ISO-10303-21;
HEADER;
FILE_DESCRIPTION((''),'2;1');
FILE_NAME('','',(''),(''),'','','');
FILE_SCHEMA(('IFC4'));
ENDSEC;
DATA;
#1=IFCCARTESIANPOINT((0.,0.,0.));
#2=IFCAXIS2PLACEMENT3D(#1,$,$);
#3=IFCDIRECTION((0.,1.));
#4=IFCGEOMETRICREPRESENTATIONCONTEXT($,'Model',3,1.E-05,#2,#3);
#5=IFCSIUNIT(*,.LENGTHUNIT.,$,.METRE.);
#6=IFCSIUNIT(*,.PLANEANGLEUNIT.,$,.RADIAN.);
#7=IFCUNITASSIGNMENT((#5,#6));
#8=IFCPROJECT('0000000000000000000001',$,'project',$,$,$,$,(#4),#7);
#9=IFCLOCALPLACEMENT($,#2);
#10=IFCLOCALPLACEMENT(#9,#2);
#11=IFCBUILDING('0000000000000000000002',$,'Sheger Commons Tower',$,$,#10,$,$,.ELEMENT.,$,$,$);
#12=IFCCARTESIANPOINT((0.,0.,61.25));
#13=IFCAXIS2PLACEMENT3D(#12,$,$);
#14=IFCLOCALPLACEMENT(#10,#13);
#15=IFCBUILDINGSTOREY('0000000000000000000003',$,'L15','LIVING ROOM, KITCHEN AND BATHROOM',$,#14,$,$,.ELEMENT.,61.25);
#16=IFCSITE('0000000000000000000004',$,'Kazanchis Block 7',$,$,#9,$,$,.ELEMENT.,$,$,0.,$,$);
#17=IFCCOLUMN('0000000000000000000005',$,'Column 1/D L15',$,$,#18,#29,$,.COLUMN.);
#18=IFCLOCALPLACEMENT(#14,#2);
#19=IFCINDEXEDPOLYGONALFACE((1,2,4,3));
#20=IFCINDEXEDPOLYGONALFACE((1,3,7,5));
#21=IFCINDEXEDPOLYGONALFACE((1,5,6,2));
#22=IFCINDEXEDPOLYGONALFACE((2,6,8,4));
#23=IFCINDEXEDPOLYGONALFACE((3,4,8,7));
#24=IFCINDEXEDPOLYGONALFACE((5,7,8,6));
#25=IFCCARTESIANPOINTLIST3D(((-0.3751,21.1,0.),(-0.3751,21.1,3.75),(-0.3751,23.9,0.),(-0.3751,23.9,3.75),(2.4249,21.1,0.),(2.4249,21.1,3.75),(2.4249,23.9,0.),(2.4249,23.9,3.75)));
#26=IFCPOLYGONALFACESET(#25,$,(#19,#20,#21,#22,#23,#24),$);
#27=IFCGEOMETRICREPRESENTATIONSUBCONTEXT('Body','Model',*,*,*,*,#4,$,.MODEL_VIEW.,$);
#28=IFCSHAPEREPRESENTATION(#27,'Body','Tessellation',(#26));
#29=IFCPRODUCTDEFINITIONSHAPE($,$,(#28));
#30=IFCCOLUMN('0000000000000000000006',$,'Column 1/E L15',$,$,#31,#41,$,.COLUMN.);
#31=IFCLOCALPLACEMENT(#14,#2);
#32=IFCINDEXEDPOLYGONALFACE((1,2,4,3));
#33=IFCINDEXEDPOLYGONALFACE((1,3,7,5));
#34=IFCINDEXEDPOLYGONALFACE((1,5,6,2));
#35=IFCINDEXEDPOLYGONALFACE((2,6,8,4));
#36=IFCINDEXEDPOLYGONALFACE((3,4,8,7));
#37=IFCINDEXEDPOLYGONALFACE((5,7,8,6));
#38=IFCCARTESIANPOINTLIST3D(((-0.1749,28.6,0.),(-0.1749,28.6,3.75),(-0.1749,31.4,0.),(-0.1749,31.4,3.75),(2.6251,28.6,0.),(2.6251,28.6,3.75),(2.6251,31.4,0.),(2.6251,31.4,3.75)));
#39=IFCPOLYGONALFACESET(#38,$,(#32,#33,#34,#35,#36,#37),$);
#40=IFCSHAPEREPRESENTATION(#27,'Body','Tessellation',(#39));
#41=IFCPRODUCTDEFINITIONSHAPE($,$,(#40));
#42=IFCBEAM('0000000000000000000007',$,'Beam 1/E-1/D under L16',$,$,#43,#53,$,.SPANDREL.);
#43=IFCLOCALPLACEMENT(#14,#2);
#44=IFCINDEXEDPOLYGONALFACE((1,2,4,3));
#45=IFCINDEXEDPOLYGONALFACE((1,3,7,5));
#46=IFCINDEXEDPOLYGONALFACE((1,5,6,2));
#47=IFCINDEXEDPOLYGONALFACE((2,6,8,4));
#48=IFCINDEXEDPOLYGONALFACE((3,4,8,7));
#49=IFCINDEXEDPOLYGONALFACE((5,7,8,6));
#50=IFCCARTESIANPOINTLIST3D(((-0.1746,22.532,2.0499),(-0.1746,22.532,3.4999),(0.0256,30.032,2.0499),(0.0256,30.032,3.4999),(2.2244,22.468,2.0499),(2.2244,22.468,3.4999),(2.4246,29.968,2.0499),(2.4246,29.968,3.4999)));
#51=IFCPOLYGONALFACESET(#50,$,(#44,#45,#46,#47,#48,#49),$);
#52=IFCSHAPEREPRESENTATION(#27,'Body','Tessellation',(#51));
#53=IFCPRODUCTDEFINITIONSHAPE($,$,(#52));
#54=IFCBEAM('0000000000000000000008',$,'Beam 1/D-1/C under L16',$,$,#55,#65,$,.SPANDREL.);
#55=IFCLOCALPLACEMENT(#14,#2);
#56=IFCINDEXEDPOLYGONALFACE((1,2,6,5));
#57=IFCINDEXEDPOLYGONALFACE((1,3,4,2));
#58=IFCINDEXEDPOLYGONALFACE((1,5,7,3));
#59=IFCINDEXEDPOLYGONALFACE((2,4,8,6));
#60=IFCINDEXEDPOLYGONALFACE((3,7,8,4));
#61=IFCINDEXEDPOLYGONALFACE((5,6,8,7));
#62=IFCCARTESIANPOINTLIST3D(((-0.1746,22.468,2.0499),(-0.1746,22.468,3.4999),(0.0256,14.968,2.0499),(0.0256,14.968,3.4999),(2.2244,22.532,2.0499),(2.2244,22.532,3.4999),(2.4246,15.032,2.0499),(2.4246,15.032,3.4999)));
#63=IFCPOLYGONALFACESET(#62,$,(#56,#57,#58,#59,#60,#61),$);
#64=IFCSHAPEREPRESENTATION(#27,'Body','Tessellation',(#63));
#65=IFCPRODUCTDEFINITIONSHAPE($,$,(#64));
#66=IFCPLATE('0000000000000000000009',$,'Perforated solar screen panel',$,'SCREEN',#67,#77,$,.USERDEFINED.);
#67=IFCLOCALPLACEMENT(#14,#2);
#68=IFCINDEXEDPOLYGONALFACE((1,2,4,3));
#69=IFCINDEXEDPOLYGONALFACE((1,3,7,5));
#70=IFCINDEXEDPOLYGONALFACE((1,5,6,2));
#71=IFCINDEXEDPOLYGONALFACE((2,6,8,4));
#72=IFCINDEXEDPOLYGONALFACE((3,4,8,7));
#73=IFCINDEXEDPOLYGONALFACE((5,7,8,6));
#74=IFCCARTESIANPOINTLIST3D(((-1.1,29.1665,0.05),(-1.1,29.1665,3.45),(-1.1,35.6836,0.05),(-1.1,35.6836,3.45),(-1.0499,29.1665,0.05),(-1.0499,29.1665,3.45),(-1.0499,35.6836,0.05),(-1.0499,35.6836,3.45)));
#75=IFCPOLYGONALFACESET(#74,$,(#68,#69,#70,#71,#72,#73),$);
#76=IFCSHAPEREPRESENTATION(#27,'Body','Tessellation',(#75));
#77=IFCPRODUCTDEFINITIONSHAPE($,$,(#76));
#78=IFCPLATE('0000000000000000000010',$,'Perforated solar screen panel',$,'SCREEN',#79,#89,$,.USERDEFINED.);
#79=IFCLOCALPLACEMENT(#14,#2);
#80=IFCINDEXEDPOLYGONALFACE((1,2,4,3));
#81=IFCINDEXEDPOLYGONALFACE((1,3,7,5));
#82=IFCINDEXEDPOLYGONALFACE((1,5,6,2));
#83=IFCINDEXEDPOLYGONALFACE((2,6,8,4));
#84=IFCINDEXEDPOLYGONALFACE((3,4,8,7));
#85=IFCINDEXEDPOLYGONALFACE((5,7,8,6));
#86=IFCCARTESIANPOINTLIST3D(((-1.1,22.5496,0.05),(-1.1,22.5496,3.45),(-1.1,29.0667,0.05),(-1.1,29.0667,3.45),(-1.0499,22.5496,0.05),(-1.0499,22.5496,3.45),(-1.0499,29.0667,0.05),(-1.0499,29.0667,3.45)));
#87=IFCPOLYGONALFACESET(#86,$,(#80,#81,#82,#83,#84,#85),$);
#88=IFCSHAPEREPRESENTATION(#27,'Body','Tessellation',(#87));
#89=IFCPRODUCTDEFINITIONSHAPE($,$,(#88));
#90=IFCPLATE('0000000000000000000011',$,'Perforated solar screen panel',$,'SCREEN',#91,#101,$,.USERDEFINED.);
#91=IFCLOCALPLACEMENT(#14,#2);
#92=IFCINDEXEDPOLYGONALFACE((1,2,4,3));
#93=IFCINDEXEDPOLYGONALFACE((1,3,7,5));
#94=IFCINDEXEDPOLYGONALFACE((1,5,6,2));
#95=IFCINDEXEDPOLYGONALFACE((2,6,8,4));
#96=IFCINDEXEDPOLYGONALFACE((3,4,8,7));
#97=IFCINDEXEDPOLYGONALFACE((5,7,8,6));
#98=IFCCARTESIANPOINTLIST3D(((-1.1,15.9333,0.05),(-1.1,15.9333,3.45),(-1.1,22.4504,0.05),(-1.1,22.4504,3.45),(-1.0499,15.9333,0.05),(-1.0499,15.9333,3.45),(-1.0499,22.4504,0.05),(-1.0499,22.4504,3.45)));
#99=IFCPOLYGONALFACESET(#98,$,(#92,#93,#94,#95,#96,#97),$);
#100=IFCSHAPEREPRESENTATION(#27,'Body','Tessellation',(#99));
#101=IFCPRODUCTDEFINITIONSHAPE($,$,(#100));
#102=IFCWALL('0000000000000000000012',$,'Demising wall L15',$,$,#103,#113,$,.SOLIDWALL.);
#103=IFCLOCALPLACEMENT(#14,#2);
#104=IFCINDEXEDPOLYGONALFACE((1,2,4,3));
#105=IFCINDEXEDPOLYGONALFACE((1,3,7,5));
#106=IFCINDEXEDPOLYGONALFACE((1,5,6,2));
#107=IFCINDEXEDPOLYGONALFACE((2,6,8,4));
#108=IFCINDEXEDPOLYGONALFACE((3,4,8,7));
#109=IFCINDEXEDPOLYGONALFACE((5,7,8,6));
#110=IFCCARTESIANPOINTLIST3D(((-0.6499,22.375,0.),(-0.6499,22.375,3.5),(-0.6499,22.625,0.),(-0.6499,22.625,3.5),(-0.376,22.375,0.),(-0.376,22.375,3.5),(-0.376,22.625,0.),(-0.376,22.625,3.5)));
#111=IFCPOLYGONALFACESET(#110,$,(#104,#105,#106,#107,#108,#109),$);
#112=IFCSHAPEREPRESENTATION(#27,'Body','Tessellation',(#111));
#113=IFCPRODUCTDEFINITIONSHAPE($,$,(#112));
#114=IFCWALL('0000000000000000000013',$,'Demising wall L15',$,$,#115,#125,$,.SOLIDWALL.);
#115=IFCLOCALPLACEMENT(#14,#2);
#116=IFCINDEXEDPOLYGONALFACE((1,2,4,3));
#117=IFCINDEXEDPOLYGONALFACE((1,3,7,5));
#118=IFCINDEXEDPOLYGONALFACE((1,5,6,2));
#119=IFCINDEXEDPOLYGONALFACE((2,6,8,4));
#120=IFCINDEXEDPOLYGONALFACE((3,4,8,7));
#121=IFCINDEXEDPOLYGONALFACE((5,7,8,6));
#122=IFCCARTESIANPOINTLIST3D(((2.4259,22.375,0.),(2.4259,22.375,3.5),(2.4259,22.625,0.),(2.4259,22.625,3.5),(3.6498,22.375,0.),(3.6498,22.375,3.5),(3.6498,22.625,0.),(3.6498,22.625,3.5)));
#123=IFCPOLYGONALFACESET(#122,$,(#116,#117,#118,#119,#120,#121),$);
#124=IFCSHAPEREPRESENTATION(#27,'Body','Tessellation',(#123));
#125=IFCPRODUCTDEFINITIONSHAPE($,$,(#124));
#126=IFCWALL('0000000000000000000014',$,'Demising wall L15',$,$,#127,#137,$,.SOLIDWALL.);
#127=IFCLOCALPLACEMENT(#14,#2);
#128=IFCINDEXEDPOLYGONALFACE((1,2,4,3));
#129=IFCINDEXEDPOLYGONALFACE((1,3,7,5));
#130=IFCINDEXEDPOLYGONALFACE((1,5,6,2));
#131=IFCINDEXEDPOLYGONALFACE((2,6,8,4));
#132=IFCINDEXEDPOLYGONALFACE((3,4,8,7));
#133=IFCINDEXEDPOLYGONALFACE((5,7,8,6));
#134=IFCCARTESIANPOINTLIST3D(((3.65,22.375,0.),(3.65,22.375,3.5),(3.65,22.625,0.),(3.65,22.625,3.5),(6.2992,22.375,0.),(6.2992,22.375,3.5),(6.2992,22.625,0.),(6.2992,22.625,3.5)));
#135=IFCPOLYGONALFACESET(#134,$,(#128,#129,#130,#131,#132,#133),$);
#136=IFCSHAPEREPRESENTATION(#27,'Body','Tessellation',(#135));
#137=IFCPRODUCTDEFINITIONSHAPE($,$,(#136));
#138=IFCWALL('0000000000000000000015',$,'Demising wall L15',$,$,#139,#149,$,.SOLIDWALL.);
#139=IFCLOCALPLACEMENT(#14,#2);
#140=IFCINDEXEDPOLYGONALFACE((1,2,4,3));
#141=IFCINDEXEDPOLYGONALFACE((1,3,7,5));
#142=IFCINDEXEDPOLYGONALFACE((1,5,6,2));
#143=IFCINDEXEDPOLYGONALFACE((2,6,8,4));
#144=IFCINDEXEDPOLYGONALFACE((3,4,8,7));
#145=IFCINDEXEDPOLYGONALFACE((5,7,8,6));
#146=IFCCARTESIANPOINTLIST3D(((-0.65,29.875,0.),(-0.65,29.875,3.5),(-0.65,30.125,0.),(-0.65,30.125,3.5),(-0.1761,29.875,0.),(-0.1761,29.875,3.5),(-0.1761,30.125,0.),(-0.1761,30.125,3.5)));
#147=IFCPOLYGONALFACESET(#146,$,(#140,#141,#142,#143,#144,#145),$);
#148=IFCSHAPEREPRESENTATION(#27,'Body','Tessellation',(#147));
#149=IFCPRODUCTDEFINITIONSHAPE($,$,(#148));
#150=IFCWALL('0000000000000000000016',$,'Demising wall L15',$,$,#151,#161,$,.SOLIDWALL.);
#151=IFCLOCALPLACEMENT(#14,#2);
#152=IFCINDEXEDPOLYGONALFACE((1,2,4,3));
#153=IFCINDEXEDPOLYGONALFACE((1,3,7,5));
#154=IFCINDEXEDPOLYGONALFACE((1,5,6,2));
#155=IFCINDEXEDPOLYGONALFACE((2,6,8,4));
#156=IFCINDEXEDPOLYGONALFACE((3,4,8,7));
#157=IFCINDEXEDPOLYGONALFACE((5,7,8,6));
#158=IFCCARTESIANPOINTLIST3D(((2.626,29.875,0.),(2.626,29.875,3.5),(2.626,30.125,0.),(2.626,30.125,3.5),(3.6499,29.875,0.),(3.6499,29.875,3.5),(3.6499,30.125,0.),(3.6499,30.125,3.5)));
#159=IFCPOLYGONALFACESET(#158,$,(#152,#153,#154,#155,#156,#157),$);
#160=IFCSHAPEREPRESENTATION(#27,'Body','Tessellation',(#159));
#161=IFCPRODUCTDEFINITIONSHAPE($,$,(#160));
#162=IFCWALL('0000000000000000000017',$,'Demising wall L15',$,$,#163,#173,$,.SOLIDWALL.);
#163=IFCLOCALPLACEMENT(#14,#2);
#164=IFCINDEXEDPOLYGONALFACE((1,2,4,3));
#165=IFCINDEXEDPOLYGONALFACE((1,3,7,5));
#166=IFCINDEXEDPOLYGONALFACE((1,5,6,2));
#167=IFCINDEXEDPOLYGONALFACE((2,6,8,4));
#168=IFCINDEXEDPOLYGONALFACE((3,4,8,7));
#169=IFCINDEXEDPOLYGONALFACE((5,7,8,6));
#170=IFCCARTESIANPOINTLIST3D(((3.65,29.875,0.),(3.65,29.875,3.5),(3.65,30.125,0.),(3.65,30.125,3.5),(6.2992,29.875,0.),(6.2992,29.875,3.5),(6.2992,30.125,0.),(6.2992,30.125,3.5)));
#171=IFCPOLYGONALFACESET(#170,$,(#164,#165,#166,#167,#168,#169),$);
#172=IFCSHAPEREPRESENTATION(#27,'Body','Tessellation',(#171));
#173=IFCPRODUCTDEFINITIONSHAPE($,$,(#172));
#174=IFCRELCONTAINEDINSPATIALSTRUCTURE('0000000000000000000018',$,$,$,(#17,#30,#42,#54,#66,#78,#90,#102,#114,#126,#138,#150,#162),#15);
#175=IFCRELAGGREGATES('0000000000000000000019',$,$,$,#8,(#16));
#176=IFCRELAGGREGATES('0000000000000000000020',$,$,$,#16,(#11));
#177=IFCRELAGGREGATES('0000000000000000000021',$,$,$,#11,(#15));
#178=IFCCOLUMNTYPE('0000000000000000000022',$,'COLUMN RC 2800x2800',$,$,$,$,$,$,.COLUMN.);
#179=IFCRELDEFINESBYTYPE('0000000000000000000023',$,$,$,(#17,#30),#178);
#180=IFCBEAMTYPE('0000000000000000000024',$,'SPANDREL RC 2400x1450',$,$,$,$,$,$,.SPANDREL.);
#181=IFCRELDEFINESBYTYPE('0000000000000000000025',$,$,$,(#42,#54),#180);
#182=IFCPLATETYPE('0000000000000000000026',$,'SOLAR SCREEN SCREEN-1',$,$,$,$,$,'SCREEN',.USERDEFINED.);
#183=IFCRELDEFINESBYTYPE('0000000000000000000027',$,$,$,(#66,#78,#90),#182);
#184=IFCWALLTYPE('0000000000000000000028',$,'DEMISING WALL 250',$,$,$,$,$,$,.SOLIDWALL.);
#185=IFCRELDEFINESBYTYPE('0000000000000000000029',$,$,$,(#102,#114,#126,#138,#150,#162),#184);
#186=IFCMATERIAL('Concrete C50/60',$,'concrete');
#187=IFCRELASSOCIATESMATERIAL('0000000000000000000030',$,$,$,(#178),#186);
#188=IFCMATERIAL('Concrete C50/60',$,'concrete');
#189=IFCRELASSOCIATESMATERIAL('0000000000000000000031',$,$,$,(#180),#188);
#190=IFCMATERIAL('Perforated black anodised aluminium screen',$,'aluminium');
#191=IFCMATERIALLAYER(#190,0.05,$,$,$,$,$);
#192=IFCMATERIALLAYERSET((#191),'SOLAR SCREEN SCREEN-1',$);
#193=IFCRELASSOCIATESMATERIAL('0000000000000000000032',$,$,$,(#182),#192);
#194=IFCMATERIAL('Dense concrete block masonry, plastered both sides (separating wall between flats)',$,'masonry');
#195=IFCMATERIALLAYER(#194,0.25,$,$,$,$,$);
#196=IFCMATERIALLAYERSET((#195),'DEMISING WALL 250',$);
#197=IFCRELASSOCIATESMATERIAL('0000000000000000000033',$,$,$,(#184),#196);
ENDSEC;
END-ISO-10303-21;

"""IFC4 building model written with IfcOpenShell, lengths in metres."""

from ifc_helpers import new_model, si_unit, direction, frame, frame_2d, origin, origin_2d, place, context, subcontext, project, spatial, rectangle, extrude, material, layer, layer_set, material_profile, profile_set, type_object, element, save


model = new_model("IFC4")

# Units and contexts
model_context = context("Model", 3, precision=1e-05, world=origin(), true_north=direction((0.0, 1.0)))
body_context = subcontext(model_context, "Body", "Model", "MODEL_VIEW")
ifc_project = project(units=[si_unit("LENGTHUNIT", "METRE"), si_unit("PLANEANGLEUNIT", "RADIAN")], contexts=[model_context])

# Site, building, storey
site_placement = place(None, origin())
site = spatial("IfcSite", under=ifc_project, at=site_placement, Name="Kazanchis Block 7", CompositionType="ELEMENT", RefElevation=0.0)
building_placement = place(site_placement, origin())
building = spatial("IfcBuilding", under=site, at=building_placement, Name="Sheger Commons Tower", CompositionType="ELEMENT")
storey_placement = place(building_placement, frame((0.0, 0.0, 61.25)))
storey = spatial("IfcBuildingStorey", under=building, at=storey_placement, Name="L15", Description="LIVING ROOM, KITCHEN AND BATHROOM", CompositionType="ELEMENT", Elevation=61.25)

# Columns
ifc_material_1 = material(Name="Concrete C50/60", Category="concrete")
ifc_material_profile_1 = material_profile(ifc_material_1, rectangle(XDim=2.8, YDim=2.8, at=origin_2d()), Name="RC 2800x2800")
ifc_profile_set_1 = profile_set([ifc_material_profile_1], Name="Concrete C50/60")
column_type = type_object("IfcColumnType", Name="COLUMN RC 2800x2800", PredefinedType="COLUMN", material=ifc_profile_set_1)
for number, where, z_axis, x_axis, name in (
    (1, (1.0249, 22.5, 0.0), (0.0, 0.0, 1.0), (1.0, 0.0, 0.0), "Column 1/D L15"),
    (2, (1.2251, 30.0, 0.0), (0.0, 0.0, 1.0), (1.0, 0.0, 0.0), "Column 1/E L15"),
):
    element("IfcColumn", number, at=place(storey_placement, frame(where, z_axis=z_axis, x_axis=x_axis)), inside=storey, type_object=column_type, Name=name, PredefinedType="COLUMN", context=body_context, shape_type="SweptSolid", body=[
        extrude(rectangle(XDim=2.8, YDim=2.8, at=origin_2d()), origin(), (0.0, 0.0, 1.0), 3.75),
    ])

# Beams
ifc_material_2 = material(Name="Concrete C50/60", Category="concrete")
ifc_material_profile_2 = material_profile(ifc_material_2, rectangle(XDim=2.3999, YDim=1.45, at=origin_2d()), Name="RC 2400x1450")
ifc_profile_set_2 = profile_set([ifc_material_profile_2], Name="Concrete C50/60")
beam_type = type_object("IfcBeamType", Name="SPANDREL RC 2400x1450", PredefinedType="SPANDREL", material=ifc_profile_set_2)
for number, where, z_axis, x_axis, name in (
    (3, (1.2251, 30.0, 2.7749), (-0.026683, -0.999644, 0.0), (0.999644, -0.026683, 0.0), "Beam 1/E-1/D under L16"),
    (4, (1.0249, 22.5, 2.7749), (0.026683, -0.999644, 0.0), (0.999644, 0.026683, 0.0), "Beam 1/D-1/C under L16"),
):
    element("IfcBeam", number, at=place(storey_placement, frame(where, z_axis=z_axis, x_axis=x_axis)), inside=storey, type_object=beam_type, Name=name, PredefinedType="SPANDREL", context=body_context, shape_type="SweptSolid", body=[
        extrude(rectangle(XDim=2.3999, YDim=1.45, at=origin_2d()), origin(), (0.0, 0.0, 1.0), 7.5027),
    ])

# Plates
ifc_material_3 = material(Name="Perforated black anodised aluminium screen", Category="aluminium")
ifc_layer_1 = layer(ifc_material_3, 0.05)
ifc_layer_set_1 = layer_set([ifc_layer_1], Name="SOLAR SCREEN SCREEN-1")
plate_type = type_object("IfcPlateType", Name="SOLAR SCREEN SCREEN-1", ElementType="SCREEN", PredefinedType="USERDEFINED", material=ifc_layer_set_1)
for number, where, z_axis, x_axis, name in (
    (5, (-1.075, 32.425, 0.05), (0.0, 0.0, 1.0), (0.0, -1.0, 0.0), "Perforated solar screen panel"),
    (6, (-1.075, 25.8081, 0.05), (0.0, 0.0, 1.0), (0.0, -1.0, 0.0), "Perforated solar screen panel"),
    (7, (-1.075, 19.1919, 0.05), (0.0, 0.0, 1.0), (0.0, -1.0, 0.0), "Perforated solar screen panel"),
):
    element("IfcPlate", number, at=place(storey_placement, frame(where, z_axis=z_axis, x_axis=x_axis)), inside=storey, type_object=plate_type, Name=name, ObjectType="SCREEN", PredefinedType="USERDEFINED", context=body_context, shape_type="SweptSolid", body=[
        extrude(rectangle(XDim=6.5171, YDim=0.05, at=origin_2d()), origin(), (0.0, 0.0, 1.0), 3.3999),
    ])

# Walls
ifc_material_4 = material(Name="Dense concrete block masonry, plastered both sides (separating wall between flats)", Category="masonry")
ifc_layer_2 = layer(ifc_material_4, 0.25)
ifc_layer_set_2 = layer_set([ifc_layer_2], Name="DEMISING WALL 250")
wall_type_1 = type_object("IfcWallType", Name="DEMISING WALL 250", PredefinedType="SOLIDWALL", material=ifc_layer_set_2)
wall_1_placement = place(storey_placement, frame((-0.6499, 22.5, 0.0), z_axis=(0.0, 0.0, 1.0), x_axis=(1.0, 0.0, 0.0)))
element("IfcWall", 8, at=wall_1_placement, inside=storey, type_object=wall_type_1, Name="Demising wall L15", PredefinedType="SOLIDWALL", context=body_context, shape_type="SweptSolid", body=[
    extrude(rectangle(XDim=0.2739, YDim=0.25, at=frame_2d((0.137, 0.0))), origin(), (0.0, 0.0, 1.0), 3.5),
])
wall_2_placement = place(storey_placement, frame((2.426, 22.5, 0.0), z_axis=(0.0, 0.0, 1.0), x_axis=(1.0, 0.0, 0.0)))
element("IfcWall", 9, at=wall_2_placement, inside=storey, type_object=wall_type_1, Name="Demising wall L15", PredefinedType="SOLIDWALL", context=body_context, shape_type="SweptSolid", body=[
    extrude(rectangle(XDim=1.2239, YDim=0.25, at=frame_2d((0.6118, 0.0))), origin(), (0.0, 0.0, 1.0), 3.5),
])
wall_3_placement = place(storey_placement, frame((3.6499, 22.5, 0.0), z_axis=(0.0, 0.0, 1.0), x_axis=(1.0, 0.0, 0.0)))
element("IfcWall", 10, at=wall_3_placement, inside=storey, type_object=wall_type_1, Name="Demising wall L15", PredefinedType="SOLIDWALL", context=body_context, shape_type="SweptSolid", body=[
    extrude(rectangle(XDim=2.6492, YDim=0.25, at=frame_2d((1.3247, 0.0))), origin(), (0.0, 0.0, 1.0), 3.5),
])
wall_4_placement = place(storey_placement, frame((-0.6499, 30.0, 0.0), z_axis=(0.0, 0.0, 1.0), x_axis=(1.0, 0.0, 0.0)))
element("IfcWall", 11, at=wall_4_placement, inside=storey, type_object=wall_type_1, Name="Demising wall L15", PredefinedType="SOLIDWALL", context=body_context, shape_type="SweptSolid", body=[
    extrude(rectangle(XDim=0.4739, YDim=0.25, at=frame_2d((0.2368, 0.0))), origin(), (0.0, 0.0, 1.0), 3.5),
])
wall_5_placement = place(storey_placement, frame((2.626, 30.0, 0.0), z_axis=(0.0, 0.0, 1.0), x_axis=(1.0, 0.0, 0.0)))
element("IfcWall", 12, at=wall_5_placement, inside=storey, type_object=wall_type_1, Name="Demising wall L15", PredefinedType="SOLIDWALL", context=body_context, shape_type="SweptSolid", body=[
    extrude(rectangle(XDim=1.0239, YDim=0.25, at=frame_2d((0.512, 0.0))), origin(), (0.0, 0.0, 1.0), 3.5),
])
wall_6_placement = place(storey_placement, frame((3.6499, 30.0, 0.0), z_axis=(0.0, 0.0, 1.0), x_axis=(1.0, 0.0, 0.0)))
element("IfcWall", 13, at=wall_6_placement, inside=storey, type_object=wall_type_1, Name="Demising wall L15", PredefinedType="SOLIDWALL", context=body_context, shape_type="SweptSolid", body=[
    extrude(rectangle(XDim=2.6492, YDim=0.25, at=frame_2d((1.3247, 0.0))), origin(), (0.0, 0.0, 1.0), 3.5),
])

save(model, "model.ifc")
